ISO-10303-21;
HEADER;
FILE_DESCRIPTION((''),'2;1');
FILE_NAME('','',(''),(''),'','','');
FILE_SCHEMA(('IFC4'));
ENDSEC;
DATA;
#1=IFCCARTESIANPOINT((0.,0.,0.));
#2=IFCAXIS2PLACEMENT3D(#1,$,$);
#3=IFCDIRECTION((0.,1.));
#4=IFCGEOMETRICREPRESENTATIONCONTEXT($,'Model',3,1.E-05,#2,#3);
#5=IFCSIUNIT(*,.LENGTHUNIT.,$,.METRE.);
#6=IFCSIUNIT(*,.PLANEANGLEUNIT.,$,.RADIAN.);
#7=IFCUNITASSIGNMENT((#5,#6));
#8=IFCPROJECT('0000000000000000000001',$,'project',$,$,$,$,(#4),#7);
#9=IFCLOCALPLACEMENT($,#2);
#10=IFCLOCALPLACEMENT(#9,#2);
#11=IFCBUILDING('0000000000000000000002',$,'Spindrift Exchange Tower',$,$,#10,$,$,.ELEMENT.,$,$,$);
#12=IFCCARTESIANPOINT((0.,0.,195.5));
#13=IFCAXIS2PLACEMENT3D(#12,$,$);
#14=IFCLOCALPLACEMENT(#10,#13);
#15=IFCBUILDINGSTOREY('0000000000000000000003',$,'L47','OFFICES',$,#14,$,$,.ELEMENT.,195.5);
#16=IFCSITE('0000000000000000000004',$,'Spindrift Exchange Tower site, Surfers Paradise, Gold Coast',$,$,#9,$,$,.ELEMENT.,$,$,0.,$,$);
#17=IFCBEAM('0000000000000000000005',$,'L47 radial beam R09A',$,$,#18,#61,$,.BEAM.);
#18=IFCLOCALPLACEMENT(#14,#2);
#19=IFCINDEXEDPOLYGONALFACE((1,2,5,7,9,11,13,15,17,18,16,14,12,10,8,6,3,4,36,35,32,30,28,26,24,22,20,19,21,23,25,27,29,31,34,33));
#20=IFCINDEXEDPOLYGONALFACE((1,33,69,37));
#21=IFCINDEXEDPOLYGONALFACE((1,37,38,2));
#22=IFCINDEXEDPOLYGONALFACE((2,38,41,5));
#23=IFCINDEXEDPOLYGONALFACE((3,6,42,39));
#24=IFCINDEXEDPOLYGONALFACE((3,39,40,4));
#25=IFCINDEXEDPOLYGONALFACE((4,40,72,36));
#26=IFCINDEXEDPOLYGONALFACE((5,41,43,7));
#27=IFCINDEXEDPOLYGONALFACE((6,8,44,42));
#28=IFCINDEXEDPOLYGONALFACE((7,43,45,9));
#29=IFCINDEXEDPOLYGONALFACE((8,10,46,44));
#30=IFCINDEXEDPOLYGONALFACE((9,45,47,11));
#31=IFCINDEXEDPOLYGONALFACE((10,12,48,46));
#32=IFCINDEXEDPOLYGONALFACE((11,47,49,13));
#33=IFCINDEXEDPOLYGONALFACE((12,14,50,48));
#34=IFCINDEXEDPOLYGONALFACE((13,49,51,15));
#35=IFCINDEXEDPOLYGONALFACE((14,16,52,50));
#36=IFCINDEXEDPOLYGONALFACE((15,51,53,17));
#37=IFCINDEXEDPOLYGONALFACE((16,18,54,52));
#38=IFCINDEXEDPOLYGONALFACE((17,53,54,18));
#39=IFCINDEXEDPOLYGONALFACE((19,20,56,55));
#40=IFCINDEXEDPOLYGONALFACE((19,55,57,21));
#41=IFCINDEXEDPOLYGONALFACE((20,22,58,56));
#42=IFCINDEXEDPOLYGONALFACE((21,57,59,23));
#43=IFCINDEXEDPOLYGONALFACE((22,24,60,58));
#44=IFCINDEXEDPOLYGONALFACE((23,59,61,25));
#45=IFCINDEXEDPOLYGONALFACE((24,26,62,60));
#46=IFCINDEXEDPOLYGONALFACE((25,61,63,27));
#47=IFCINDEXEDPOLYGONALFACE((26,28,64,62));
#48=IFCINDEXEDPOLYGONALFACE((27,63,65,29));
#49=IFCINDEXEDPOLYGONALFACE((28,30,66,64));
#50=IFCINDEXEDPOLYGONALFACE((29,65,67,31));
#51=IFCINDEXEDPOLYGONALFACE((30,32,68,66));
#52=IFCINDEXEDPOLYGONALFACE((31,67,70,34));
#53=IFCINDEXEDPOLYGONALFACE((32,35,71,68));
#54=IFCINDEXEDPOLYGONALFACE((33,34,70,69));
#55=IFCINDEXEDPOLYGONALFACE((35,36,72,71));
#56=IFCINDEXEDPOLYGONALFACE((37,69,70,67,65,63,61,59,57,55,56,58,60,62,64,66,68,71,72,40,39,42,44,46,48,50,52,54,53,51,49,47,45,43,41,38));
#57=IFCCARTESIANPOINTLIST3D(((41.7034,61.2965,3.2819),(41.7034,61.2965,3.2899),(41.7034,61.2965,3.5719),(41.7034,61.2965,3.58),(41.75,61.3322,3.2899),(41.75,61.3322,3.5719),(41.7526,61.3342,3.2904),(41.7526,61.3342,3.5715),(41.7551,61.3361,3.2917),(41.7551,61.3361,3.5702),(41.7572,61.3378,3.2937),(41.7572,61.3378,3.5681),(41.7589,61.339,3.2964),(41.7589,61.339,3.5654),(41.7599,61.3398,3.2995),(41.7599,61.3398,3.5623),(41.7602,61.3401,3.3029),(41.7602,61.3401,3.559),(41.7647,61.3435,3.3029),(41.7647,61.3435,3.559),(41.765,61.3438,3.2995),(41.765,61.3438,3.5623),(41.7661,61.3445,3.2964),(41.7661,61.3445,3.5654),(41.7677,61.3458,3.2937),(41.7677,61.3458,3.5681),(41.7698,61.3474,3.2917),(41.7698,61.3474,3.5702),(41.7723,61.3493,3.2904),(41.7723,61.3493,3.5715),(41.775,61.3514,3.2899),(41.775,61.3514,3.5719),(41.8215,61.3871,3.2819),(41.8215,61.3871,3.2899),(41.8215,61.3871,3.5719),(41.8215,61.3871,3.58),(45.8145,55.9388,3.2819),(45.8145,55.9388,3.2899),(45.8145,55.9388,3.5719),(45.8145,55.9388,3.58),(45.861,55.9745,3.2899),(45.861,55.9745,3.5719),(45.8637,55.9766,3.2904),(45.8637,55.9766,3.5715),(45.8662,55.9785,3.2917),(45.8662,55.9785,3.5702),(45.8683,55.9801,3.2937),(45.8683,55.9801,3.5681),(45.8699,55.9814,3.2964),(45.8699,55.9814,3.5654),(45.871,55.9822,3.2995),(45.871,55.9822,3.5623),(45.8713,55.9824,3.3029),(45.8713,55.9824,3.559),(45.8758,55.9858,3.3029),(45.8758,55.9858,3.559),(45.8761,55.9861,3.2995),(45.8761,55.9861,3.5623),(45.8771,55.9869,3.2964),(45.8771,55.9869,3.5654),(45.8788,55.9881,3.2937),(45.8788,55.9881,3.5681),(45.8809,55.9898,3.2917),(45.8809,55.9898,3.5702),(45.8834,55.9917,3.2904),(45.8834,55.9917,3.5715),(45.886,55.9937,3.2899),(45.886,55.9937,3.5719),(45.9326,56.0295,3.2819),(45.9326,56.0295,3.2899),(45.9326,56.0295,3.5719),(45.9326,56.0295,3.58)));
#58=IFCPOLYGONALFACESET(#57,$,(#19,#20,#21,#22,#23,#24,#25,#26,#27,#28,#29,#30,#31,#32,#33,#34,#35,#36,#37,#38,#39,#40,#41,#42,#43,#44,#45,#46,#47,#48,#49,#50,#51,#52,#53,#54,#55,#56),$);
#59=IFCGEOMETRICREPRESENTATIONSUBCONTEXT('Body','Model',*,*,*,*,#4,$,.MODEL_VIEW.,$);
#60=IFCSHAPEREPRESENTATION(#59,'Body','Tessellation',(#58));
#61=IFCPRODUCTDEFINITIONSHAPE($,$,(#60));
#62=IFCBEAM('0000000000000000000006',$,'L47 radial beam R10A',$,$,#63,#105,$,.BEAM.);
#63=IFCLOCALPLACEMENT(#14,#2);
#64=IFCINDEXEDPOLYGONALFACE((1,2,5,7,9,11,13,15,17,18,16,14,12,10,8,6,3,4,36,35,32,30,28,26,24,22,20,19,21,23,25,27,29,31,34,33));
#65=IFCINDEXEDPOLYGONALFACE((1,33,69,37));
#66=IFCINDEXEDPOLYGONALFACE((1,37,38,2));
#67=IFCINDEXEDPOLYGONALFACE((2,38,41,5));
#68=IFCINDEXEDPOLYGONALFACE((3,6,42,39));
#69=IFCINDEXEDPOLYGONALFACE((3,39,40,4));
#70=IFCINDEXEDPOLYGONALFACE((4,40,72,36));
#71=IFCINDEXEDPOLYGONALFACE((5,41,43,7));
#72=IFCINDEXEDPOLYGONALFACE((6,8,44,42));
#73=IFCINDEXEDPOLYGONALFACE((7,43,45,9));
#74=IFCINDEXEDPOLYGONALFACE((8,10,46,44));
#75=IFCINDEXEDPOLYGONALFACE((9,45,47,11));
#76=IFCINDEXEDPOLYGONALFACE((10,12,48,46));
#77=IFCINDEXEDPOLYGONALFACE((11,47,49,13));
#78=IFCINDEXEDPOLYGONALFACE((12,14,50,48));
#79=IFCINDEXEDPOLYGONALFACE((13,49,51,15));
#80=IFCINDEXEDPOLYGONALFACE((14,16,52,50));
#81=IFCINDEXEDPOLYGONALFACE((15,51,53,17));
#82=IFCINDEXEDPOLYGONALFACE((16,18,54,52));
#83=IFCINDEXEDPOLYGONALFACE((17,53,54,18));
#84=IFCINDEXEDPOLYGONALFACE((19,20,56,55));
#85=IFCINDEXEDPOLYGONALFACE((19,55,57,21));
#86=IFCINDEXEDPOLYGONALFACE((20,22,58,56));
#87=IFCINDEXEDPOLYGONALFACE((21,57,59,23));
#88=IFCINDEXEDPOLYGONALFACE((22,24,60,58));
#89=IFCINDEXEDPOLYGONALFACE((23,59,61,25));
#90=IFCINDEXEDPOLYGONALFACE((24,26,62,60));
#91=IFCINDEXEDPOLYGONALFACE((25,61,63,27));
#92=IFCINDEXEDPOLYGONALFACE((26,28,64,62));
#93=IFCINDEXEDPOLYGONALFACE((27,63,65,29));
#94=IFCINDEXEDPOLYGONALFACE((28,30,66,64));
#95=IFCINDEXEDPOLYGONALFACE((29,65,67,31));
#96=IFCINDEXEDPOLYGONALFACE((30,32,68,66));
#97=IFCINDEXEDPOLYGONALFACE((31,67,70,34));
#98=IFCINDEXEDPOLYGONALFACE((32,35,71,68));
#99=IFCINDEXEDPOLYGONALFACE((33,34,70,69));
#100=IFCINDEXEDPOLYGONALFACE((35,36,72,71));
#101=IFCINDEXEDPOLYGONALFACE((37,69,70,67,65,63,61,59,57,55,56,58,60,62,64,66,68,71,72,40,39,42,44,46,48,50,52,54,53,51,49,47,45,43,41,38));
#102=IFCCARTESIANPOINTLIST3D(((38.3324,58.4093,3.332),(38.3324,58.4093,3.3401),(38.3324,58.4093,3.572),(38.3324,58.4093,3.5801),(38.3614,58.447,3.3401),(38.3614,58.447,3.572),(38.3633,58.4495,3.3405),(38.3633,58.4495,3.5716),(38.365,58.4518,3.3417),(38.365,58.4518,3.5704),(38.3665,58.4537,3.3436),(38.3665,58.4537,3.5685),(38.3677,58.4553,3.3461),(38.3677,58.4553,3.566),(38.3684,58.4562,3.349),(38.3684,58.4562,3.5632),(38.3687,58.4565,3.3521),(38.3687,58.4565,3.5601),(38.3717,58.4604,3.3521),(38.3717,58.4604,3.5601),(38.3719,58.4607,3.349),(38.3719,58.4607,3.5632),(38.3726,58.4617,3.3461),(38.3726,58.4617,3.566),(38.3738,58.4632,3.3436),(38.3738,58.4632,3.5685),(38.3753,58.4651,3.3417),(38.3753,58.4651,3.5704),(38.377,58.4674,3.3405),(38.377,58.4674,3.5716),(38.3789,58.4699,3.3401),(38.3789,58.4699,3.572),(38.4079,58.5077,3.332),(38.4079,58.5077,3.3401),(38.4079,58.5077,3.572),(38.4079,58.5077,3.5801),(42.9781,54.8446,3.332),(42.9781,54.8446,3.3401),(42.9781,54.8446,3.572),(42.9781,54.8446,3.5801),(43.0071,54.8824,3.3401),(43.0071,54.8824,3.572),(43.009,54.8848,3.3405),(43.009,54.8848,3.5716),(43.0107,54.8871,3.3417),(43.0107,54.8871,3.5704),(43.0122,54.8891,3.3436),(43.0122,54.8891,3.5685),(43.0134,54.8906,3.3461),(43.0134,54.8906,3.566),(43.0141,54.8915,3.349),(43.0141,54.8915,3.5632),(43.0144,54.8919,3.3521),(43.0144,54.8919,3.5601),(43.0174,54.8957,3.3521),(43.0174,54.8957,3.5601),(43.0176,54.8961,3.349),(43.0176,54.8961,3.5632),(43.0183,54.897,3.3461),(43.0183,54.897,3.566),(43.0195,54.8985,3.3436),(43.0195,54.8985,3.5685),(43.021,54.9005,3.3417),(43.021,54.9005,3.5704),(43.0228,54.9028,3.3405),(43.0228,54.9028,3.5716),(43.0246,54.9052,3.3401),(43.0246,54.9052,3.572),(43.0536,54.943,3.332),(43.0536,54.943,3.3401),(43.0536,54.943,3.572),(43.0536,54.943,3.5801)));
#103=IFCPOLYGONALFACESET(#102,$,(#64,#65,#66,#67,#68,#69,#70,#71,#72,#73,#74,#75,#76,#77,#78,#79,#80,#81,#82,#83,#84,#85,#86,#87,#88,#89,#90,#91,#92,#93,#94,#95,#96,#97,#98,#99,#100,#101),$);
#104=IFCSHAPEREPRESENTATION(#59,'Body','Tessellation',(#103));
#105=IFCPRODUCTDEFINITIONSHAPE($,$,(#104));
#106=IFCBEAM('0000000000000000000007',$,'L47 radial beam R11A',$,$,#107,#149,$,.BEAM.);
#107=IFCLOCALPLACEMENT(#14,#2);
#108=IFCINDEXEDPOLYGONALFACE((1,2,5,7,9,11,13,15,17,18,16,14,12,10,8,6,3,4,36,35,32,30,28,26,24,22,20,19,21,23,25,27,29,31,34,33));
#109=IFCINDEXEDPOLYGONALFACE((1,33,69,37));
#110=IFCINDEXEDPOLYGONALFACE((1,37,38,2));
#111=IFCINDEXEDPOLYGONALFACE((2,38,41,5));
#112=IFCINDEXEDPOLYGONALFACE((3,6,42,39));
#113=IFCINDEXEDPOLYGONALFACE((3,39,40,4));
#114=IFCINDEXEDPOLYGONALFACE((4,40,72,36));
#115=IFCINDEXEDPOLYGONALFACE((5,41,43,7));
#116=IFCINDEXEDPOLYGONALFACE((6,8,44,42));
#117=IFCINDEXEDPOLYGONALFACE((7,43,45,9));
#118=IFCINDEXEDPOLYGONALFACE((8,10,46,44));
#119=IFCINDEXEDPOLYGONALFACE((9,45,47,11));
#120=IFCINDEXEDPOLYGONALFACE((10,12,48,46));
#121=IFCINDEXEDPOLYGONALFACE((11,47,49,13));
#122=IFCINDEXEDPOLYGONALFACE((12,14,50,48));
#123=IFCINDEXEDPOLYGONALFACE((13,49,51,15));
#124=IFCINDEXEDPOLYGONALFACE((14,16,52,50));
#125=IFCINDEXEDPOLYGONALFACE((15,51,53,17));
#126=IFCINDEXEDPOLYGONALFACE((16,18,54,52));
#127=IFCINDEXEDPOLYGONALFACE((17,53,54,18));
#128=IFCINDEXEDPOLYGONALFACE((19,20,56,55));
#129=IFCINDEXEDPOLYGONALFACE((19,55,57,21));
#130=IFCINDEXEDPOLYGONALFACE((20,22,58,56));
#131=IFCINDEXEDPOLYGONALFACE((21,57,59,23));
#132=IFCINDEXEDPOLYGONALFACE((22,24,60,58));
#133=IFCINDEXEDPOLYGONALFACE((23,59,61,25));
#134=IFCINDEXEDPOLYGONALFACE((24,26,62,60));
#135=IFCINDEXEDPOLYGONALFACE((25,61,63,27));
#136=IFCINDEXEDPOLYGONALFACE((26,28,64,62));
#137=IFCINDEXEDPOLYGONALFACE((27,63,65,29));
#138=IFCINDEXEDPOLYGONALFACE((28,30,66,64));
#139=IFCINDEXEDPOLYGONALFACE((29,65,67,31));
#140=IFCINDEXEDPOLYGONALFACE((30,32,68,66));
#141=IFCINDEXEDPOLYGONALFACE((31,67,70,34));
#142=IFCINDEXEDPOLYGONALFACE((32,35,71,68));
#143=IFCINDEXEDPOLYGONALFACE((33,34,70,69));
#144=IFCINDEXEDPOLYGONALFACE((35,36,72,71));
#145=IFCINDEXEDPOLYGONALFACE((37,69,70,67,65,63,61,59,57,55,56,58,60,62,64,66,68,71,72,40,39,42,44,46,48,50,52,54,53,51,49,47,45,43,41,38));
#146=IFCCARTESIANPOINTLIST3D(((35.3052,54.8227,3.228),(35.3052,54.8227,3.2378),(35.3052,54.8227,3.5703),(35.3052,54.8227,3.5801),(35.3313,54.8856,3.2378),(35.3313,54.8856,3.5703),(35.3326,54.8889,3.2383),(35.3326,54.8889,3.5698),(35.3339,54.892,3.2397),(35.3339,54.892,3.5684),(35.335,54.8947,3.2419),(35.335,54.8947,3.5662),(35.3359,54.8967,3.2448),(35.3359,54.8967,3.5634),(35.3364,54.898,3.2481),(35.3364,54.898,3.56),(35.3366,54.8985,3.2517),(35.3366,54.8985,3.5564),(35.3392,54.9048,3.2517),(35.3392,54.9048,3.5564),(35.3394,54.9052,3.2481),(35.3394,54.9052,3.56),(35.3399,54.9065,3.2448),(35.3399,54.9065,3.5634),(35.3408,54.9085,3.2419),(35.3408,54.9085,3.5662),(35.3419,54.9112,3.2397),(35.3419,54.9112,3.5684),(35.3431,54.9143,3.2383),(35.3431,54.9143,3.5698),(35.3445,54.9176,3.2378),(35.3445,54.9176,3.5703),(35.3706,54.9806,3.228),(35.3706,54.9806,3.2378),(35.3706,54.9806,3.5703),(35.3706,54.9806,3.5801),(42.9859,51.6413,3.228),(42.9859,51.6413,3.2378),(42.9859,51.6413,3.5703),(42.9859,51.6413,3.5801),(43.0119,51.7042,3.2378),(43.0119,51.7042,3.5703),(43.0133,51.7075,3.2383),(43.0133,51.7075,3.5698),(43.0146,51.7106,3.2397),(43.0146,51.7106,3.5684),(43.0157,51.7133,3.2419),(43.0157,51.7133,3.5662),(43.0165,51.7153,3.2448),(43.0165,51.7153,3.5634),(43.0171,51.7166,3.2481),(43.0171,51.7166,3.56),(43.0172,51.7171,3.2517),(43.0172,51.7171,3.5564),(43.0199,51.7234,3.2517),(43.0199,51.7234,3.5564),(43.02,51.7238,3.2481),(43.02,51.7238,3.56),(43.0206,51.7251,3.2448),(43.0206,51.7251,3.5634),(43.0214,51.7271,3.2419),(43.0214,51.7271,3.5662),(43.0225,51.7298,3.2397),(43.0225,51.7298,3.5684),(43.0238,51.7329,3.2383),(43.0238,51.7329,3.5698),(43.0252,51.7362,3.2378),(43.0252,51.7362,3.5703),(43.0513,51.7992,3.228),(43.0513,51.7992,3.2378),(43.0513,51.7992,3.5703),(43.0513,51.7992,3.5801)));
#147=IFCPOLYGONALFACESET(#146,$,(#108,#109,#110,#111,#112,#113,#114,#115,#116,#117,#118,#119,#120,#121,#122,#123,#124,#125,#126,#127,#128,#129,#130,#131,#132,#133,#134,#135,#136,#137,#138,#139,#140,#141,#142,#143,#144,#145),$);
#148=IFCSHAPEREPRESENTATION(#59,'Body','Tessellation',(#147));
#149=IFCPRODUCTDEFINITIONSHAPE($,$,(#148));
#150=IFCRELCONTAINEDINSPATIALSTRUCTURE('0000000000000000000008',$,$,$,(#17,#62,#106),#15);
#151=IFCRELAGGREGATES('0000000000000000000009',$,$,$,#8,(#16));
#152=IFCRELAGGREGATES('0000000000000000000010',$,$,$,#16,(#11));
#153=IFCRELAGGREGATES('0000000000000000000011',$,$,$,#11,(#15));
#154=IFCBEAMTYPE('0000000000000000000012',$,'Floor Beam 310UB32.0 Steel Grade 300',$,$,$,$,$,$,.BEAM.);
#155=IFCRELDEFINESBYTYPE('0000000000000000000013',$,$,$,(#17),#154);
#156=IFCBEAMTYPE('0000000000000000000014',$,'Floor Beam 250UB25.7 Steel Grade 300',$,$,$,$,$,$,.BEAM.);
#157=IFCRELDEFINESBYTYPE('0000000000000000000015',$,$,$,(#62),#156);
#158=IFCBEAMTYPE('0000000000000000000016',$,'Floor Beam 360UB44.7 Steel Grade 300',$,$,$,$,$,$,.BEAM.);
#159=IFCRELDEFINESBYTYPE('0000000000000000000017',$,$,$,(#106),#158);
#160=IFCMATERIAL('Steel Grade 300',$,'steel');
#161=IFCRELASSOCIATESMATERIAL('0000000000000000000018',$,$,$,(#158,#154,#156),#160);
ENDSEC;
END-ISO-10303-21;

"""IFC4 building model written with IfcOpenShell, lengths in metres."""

from ifc_helpers import new_model, si_unit, direction, frame, origin, origin_2d, place, context, subcontext, project, spatial, i_section, extrude, source, transform, mapped, material, material_profile, profile_set, type_object, element, save


model = new_model("IFC4")

# Units and contexts
model_context = context("Model", 3, precision=1e-05, world=origin(), true_north=direction((0.0, 1.0)))
body_context = subcontext(model_context, "Body", "Model", "MODEL_VIEW")
ifc_project = project(units=[si_unit("LENGTHUNIT", "METRE"), si_unit("PLANEANGLEUNIT", "RADIAN")], contexts=[model_context])

# Site, building, storey
site_placement = place(None, origin())
site = spatial("IfcSite", under=ifc_project, at=site_placement, Name="Spindrift Exchange Tower site, Surfers Paradise, Gold Coast", CompositionType="ELEMENT", RefElevation=0.0)
building_placement = place(site_placement, origin())
building = spatial("IfcBuilding", under=site, at=building_placement, Name="Spindrift Exchange Tower", CompositionType="ELEMENT")
storey_placement = place(building_placement, frame((0.0, 0.0, 195.5)))
storey = spatial("IfcBuildingStorey", under=building, at=storey_placement, Name="L47", Description="OFFICES", CompositionType="ELEMENT", Elevation=195.5)

# Beams
ifc_material_1 = material(Name="Steel Grade 300", Category="steel")
ifc_material_profile_1 = material_profile(ifc_material_1, i_section(OverallWidth=0.1709, OverallDepth=0.3521, WebThickness=0.0068, FlangeThickness=0.0098, FilletRadius=0.0139, at=origin_2d()), Name="360UB44.7")
ifc_profile_set_1 = profile_set([ifc_material_profile_1], Name="Steel Grade 300")
beam_type_1 = type_object("IfcBeamType", Name="Floor Beam 360UB44.7 Steel Grade 300", PredefinedType="BEAM", material=ifc_profile_set_1)
ifc_material_profile_2 = material_profile(ifc_material_1, i_section(OverallWidth=0.1489, OverallDepth=0.2981, WebThickness=0.0056, FlangeThickness=0.0081, FilletRadius=0.0129, at=origin_2d()), Name="310UB32.0")
ifc_profile_set_2 = profile_set([ifc_material_profile_2], Name="Steel Grade 300")
beam_type_2 = type_object("IfcBeamType", Name="Floor Beam 310UB32.0 Steel Grade 300", PredefinedType="BEAM", material=ifc_profile_set_2)
shared_shape_1 = source(origin(), body_context, "Body", "SweptSolid", [
    extrude(i_section(OverallWidth=0.1489, OverallDepth=0.2981, WebThickness=0.0056, FlangeThickness=0.0081, FilletRadius=0.0129, at=origin_2d()), origin(), (0.0, 0.0, 1.0), 6.7532),
])
beam_1_placement = place(storey_placement, frame((45.8735, 55.9841, 3.4309), z_axis=(-0.608762, 0.793353, 0.0), x_axis=(-0.793353, -0.608762, 0.0)))
element("IfcBeam", 1, at=beam_1_placement, inside=storey, type_object=beam_type_2, Name="L47 radial beam R09A", PredefinedType="BEAM", context=body_context, shape_type="MappedRepresentation", body=[
    mapped(shared_shape_1, transform((0.0, 0.0, 0.0), scale=1.0)),
])
ifc_material_profile_3 = material_profile(ifc_material_1, i_section(OverallWidth=0.124, OverallDepth=0.248, WebThickness=0.0049, FlangeThickness=0.0081, FilletRadius=0.012, at=origin_2d()), Name="250UB25.7")
ifc_profile_set_3 = profile_set([ifc_material_profile_3], Name="Steel Grade 300")
beam_type_3 = type_object("IfcBeamType", Name="Floor Beam 250UB25.7 Steel Grade 300", PredefinedType="BEAM", material=ifc_profile_set_3)
shared_shape_2 = source(origin(), body_context, "Body", "SweptSolid", [
    extrude(i_section(OverallWidth=0.124, OverallDepth=0.248, WebThickness=0.0049, FlangeThickness=0.0081, FilletRadius=0.012, at=origin_2d()), origin(), (0.0, 0.0, 1.0), 5.8557),
])
beam_2_placement = place(storey_placement, frame((43.0159, 54.8938, 3.4561), z_axis=(-0.793363, 0.608749, 0.0), x_axis=(-0.608749, -0.793363, 0.0)))
element("IfcBeam", 2, at=beam_2_placement, inside=storey, type_object=beam_type_3, Name="L47 radial beam R10A", PredefinedType="BEAM", context=body_context, shape_type="MappedRepresentation", body=[
    mapped(shared_shape_2, transform((0.0, 0.0, 0.0), scale=1.0)),
])
shared_shape_3 = source(origin(), body_context, "Body", "SweptSolid", [
    extrude(i_section(OverallWidth=0.1709, OverallDepth=0.3521, WebThickness=0.0068, FlangeThickness=0.0098, FilletRadius=0.0139, at=origin_2d()), origin(), (0.0, 0.0, 1.0), 8.3135),
])
beam_3_placement = place(storey_placement, frame((43.0186, 51.7202, 3.4041), z_axis=(-0.923881, 0.382679, 0.0), x_axis=(-0.382679, -0.923881, 0.0)))
element("IfcBeam", 3, at=beam_3_placement, inside=storey, type_object=beam_type_1, Name="L47 radial beam R11A", PredefinedType="BEAM", context=body_context, shape_type="MappedRepresentation", body=[
    mapped(shared_shape_3, transform((0.0, 0.0, 0.0), scale=1.0)),
])

save(model, "model.ifc")
